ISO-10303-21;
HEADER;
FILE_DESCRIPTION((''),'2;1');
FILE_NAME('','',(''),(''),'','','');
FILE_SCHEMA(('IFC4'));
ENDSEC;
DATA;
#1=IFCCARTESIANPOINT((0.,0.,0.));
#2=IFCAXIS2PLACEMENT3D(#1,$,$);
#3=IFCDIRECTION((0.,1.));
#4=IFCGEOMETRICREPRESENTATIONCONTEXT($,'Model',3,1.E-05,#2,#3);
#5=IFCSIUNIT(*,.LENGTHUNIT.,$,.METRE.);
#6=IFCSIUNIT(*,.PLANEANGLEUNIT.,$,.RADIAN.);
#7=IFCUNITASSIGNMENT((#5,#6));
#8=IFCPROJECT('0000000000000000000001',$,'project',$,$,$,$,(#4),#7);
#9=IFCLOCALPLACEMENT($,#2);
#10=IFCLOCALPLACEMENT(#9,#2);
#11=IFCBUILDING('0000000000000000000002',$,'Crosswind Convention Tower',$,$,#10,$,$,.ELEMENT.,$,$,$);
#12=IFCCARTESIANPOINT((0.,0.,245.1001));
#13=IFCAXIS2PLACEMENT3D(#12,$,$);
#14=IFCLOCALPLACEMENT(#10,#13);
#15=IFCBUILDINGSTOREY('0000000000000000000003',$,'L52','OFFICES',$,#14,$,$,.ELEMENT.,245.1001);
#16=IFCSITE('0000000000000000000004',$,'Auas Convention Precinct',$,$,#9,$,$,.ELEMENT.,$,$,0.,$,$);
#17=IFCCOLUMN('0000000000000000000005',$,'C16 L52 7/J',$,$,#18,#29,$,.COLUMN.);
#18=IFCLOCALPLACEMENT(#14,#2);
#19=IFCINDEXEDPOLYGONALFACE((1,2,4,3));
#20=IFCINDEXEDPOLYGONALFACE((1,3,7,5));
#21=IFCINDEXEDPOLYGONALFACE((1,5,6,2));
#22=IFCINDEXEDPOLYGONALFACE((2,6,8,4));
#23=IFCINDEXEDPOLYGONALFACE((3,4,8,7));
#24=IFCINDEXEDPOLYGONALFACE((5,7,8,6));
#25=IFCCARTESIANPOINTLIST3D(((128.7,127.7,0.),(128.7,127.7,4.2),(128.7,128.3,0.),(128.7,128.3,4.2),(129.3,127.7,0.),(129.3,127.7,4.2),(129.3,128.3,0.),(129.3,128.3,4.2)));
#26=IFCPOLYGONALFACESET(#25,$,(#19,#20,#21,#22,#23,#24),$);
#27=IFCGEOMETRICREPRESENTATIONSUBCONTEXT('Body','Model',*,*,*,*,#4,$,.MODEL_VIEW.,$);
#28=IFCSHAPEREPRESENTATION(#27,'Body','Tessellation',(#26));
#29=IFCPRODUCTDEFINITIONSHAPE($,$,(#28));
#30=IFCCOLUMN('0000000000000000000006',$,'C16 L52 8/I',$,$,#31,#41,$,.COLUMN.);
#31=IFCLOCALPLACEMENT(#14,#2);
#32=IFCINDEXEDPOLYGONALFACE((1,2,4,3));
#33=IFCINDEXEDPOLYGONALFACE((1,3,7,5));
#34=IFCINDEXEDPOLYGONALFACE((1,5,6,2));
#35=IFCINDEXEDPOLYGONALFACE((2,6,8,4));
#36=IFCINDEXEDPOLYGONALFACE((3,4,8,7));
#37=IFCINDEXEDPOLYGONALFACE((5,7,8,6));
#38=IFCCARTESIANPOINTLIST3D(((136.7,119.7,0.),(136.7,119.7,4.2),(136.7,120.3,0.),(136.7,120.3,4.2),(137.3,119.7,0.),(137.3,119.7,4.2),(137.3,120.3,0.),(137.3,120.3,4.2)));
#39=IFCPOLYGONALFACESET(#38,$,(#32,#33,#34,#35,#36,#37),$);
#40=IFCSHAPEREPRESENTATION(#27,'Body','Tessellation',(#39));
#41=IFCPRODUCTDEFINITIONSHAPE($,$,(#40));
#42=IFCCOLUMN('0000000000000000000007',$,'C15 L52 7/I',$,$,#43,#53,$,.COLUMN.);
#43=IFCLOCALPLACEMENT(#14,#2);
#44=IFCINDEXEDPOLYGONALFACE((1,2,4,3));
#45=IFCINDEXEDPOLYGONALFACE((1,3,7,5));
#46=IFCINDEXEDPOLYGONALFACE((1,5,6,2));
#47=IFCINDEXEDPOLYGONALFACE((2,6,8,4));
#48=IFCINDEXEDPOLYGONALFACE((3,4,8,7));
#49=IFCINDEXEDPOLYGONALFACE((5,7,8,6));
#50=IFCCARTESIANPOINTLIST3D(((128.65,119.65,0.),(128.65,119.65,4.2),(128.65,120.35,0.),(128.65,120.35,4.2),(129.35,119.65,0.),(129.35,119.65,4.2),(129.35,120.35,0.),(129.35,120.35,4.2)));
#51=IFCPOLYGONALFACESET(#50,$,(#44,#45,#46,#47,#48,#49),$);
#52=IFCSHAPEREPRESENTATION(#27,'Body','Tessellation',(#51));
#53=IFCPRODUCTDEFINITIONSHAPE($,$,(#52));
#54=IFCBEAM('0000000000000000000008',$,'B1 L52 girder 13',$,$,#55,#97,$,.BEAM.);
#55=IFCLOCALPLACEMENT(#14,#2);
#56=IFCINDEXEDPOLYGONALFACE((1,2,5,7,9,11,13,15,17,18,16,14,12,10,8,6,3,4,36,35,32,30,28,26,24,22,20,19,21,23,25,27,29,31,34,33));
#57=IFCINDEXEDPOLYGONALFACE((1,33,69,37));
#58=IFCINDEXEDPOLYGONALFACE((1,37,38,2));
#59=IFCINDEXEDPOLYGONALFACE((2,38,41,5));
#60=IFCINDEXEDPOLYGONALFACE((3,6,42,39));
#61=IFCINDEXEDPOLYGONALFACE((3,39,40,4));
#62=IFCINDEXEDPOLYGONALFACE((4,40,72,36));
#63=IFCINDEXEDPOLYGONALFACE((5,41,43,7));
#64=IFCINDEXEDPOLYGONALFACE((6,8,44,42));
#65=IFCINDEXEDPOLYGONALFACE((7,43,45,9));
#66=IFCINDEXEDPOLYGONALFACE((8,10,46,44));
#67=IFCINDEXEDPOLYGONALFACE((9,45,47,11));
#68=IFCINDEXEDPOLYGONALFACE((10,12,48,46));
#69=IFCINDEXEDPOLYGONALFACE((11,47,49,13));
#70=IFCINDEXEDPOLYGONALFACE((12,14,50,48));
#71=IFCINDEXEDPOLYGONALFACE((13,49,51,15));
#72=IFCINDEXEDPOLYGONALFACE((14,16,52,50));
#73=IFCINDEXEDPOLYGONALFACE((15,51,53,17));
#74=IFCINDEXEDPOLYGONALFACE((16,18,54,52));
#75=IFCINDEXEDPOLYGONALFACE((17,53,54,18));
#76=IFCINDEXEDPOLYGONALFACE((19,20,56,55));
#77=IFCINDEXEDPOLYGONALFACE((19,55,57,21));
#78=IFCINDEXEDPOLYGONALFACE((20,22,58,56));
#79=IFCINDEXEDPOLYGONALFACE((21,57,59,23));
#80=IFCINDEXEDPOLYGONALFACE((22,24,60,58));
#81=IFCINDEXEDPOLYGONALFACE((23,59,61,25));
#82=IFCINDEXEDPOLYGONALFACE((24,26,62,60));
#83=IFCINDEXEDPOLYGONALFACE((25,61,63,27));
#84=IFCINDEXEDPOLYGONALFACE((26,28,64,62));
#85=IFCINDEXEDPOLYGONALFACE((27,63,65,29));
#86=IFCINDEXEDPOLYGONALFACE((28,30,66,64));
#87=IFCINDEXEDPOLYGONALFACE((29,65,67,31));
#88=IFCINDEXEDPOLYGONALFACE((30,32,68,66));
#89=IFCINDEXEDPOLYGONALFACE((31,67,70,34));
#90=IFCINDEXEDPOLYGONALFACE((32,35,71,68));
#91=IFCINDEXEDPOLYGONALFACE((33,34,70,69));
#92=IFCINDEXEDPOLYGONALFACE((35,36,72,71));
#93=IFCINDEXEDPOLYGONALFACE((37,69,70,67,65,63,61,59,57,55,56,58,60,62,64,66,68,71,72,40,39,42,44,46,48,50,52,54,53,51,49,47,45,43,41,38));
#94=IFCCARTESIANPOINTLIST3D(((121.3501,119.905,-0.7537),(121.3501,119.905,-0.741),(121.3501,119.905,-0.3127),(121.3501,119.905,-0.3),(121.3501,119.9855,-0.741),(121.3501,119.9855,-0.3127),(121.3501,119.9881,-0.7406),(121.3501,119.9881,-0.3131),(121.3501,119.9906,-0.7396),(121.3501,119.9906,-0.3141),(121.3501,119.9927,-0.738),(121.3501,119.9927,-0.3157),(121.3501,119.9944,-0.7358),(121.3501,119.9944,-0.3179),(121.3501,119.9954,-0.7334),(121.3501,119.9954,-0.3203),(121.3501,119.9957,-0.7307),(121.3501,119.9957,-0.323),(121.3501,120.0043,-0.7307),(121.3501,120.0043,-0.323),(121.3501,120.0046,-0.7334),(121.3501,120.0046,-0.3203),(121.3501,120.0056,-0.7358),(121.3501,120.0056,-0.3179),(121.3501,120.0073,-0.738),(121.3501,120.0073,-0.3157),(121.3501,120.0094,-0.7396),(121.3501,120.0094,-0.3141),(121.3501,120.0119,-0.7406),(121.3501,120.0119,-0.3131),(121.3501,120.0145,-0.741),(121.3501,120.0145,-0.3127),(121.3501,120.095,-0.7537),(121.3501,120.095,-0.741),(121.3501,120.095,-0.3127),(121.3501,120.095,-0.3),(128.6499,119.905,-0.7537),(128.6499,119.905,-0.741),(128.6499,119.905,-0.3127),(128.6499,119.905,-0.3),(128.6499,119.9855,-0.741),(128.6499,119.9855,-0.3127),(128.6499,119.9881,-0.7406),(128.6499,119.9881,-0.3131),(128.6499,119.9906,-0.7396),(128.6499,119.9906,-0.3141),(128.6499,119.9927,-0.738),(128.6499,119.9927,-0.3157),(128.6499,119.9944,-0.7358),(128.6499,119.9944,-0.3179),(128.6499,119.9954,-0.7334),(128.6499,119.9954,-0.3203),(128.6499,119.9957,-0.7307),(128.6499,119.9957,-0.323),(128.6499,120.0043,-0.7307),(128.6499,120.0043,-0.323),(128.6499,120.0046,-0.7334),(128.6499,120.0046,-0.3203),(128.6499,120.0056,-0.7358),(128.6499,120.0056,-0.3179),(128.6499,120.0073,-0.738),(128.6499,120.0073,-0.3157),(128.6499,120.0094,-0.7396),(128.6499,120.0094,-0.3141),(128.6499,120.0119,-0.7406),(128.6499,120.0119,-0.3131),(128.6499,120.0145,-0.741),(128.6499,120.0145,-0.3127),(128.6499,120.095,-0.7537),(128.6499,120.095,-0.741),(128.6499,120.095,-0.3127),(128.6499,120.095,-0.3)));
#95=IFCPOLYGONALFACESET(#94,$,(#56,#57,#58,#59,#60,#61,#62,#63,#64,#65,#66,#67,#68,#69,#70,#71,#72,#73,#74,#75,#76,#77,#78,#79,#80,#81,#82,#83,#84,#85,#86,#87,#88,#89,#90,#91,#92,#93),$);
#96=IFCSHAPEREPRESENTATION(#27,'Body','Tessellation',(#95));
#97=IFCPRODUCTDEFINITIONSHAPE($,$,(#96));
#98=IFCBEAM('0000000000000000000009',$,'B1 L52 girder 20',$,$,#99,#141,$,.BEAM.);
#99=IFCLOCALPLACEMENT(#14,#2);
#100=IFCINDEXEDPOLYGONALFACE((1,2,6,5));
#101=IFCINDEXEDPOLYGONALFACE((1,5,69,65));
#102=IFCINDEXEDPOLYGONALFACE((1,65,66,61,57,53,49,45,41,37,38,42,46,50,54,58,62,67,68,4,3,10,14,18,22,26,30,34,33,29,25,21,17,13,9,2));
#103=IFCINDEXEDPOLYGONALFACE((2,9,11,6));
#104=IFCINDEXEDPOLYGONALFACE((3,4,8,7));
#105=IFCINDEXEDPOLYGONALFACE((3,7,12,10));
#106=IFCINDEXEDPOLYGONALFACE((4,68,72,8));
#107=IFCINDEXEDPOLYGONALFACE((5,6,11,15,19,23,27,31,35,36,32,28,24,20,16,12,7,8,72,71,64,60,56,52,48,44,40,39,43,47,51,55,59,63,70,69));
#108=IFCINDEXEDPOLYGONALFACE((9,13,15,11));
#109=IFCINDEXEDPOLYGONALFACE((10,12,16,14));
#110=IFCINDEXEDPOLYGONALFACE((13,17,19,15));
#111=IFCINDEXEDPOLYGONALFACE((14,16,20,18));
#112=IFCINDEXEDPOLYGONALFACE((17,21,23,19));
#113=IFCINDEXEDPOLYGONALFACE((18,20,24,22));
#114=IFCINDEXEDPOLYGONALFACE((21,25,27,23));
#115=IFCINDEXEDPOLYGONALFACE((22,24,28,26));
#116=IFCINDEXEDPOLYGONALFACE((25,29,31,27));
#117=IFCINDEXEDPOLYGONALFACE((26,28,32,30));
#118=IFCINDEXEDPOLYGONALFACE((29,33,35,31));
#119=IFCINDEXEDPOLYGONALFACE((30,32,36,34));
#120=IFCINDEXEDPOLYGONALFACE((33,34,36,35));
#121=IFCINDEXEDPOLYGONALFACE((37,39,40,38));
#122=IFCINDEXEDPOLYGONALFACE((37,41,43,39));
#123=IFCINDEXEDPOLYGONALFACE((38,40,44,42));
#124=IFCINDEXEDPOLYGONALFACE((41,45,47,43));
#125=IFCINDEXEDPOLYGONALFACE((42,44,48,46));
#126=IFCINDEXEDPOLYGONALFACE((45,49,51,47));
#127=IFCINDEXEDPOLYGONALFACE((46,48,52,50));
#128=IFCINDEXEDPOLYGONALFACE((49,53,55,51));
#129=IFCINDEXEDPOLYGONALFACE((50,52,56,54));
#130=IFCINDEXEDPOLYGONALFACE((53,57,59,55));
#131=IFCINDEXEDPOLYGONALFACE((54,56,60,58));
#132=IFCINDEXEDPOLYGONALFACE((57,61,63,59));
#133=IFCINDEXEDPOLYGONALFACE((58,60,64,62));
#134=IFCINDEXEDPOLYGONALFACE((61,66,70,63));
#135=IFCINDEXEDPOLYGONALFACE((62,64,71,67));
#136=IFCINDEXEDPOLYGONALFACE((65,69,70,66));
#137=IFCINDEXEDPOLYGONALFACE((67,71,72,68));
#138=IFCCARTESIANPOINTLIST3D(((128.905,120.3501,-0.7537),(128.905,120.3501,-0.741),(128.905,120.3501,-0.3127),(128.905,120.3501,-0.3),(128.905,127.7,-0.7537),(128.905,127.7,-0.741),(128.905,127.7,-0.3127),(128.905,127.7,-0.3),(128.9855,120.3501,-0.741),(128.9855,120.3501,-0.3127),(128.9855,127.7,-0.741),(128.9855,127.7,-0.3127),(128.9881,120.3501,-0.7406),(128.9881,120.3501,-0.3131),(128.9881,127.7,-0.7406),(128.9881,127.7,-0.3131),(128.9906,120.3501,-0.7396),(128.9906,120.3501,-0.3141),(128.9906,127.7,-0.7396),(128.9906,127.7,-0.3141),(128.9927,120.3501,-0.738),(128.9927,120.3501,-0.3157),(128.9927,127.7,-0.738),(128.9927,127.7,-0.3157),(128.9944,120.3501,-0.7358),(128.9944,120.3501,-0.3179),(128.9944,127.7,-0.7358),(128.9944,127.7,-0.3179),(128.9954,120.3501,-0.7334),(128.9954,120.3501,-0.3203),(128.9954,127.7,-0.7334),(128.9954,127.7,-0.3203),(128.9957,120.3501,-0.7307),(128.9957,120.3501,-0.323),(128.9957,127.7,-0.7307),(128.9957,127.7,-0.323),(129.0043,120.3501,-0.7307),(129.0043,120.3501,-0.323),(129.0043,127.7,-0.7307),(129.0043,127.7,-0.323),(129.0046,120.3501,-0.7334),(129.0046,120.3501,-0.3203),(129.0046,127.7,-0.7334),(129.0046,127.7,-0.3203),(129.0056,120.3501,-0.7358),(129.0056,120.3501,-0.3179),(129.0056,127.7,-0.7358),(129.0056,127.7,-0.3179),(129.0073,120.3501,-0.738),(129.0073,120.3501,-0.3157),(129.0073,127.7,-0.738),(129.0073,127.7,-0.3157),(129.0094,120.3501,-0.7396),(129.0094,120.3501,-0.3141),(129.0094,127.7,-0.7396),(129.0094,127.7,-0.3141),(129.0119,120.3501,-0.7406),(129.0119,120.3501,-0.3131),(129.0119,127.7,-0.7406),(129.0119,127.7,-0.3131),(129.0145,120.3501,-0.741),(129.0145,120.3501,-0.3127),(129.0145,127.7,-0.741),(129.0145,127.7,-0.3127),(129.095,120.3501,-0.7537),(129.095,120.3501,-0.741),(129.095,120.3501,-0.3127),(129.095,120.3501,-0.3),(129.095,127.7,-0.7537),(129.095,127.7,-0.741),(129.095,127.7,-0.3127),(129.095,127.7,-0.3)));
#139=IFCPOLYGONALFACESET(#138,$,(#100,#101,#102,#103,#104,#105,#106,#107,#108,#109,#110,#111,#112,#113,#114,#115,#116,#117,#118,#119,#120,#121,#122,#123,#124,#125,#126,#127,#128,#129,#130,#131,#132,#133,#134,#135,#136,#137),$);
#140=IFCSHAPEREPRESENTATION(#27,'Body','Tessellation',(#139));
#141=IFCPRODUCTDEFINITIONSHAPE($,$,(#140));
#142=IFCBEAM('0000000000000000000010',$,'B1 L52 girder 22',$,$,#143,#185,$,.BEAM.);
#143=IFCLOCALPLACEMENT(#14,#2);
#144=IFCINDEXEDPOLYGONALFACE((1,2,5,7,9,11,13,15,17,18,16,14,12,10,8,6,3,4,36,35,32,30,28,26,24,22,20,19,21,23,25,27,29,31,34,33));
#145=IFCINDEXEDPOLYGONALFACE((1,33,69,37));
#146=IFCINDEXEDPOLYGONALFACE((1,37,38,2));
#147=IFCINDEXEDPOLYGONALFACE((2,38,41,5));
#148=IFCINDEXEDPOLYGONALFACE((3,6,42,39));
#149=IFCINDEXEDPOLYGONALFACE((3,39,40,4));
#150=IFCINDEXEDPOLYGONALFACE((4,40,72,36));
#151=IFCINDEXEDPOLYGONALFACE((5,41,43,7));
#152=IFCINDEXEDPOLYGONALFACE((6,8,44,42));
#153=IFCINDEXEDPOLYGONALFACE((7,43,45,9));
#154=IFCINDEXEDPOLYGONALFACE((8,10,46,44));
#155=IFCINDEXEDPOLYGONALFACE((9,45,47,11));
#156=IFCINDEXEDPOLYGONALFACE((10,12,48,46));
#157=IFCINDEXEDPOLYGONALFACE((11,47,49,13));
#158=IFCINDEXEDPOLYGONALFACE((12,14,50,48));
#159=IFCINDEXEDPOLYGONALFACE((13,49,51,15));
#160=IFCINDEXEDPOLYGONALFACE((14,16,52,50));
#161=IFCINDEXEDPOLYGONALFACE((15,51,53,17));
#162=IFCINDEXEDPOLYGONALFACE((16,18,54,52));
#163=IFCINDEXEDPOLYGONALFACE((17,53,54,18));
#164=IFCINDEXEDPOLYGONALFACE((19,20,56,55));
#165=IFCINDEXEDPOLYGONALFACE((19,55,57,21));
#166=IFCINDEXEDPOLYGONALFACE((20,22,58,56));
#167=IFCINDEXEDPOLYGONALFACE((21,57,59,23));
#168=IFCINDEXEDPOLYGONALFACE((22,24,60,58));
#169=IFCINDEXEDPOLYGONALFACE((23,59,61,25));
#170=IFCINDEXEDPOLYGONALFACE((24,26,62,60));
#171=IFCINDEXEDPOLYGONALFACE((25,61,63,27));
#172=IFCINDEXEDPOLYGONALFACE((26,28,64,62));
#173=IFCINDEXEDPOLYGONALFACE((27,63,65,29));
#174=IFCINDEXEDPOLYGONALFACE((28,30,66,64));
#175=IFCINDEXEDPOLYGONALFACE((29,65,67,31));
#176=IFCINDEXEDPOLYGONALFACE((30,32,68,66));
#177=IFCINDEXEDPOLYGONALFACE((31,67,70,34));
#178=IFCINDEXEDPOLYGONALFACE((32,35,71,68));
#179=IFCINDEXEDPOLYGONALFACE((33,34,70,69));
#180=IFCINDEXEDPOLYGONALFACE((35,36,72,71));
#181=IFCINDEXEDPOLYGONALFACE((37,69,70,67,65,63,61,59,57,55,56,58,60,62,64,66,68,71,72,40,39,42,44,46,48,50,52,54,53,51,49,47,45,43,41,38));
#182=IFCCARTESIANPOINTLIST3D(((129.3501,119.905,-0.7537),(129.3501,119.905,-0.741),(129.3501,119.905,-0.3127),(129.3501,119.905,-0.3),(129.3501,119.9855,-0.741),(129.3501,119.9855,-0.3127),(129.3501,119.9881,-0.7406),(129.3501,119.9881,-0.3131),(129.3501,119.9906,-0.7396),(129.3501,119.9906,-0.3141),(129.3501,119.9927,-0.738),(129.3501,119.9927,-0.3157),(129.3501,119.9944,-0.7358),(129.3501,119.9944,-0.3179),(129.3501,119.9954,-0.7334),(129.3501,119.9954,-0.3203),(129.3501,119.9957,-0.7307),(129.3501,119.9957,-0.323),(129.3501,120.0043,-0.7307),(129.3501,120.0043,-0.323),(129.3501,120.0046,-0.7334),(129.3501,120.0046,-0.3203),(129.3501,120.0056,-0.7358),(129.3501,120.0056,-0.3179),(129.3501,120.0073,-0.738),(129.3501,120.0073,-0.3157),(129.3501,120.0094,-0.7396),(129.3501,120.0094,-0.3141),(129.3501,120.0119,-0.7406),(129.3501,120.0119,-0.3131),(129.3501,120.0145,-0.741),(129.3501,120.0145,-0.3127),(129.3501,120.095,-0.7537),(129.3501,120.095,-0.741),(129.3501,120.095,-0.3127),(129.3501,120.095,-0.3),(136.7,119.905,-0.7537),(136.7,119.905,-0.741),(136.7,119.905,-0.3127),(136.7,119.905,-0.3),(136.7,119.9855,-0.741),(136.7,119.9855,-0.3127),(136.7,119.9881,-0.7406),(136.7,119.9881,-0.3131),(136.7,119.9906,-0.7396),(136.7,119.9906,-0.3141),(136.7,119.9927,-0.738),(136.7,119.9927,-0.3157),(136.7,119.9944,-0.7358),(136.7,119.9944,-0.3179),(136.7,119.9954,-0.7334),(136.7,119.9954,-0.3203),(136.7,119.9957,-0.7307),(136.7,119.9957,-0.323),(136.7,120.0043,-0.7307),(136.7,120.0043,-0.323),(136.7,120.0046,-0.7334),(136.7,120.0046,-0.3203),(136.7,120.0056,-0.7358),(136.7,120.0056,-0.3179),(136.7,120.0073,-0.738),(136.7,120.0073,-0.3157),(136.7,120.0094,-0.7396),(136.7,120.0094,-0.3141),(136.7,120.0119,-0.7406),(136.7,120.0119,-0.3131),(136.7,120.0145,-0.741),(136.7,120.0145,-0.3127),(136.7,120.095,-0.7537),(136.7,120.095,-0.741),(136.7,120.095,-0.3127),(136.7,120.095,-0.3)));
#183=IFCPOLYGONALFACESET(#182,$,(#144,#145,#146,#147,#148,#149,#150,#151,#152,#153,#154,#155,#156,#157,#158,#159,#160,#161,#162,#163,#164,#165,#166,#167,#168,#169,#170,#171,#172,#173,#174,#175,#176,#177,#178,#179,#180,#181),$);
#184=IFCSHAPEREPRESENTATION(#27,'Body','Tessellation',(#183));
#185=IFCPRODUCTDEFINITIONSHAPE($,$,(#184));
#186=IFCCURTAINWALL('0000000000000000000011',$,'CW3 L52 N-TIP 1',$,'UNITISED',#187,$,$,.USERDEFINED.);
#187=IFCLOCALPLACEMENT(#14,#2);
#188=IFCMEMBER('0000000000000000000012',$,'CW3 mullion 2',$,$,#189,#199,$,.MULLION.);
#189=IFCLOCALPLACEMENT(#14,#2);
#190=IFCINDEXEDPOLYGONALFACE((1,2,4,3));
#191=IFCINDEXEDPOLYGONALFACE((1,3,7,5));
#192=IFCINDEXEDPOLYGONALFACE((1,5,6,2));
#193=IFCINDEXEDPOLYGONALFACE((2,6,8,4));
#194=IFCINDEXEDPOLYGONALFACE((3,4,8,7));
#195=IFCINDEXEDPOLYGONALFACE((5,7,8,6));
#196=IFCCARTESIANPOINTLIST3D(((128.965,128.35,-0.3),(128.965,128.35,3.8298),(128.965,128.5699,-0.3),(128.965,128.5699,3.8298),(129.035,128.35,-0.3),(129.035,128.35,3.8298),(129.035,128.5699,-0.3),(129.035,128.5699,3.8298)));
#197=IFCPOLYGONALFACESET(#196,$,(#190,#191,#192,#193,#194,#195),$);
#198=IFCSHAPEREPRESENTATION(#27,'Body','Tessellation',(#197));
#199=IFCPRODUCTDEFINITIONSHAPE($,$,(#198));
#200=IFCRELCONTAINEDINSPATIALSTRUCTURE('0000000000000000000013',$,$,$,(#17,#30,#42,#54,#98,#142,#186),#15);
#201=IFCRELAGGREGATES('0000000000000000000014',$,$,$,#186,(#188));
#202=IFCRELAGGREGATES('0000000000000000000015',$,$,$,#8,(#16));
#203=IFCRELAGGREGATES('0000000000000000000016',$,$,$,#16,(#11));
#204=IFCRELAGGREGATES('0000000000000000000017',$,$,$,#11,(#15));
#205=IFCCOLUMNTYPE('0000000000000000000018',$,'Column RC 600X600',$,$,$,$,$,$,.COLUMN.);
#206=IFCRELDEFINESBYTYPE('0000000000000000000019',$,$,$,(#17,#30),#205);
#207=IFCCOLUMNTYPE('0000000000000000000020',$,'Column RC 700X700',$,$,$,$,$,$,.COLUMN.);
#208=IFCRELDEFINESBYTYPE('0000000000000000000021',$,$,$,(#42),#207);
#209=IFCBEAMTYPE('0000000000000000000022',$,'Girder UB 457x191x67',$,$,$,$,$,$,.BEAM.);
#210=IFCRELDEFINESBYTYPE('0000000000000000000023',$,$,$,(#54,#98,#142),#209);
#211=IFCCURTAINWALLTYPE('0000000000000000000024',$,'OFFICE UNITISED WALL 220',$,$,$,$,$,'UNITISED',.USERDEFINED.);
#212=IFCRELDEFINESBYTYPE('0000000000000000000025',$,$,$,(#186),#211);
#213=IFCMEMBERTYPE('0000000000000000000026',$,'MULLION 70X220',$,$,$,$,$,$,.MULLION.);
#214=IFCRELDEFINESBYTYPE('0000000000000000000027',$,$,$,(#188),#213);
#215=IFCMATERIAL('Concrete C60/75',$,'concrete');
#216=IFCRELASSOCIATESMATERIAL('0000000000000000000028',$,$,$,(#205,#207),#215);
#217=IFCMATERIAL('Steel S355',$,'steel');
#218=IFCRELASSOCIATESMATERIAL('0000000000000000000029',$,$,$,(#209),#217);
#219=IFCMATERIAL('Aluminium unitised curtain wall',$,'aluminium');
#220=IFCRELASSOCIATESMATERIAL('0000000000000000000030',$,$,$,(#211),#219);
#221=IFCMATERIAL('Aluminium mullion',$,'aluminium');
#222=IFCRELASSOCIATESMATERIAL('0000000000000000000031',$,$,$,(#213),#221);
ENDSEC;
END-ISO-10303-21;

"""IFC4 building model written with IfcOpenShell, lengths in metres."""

from ifc_helpers import new_model, si_unit, direction, frame, origin, origin_2d, place, context, subcontext, project, spatial, rectangle, i_section, extrude, material, material_profile, profile_set, type_object, element, aggregate, save


model = new_model("IFC4")

# Units and contexts
model_context = context("Model", 3, precision=1e-05, world=origin(), true_north=direction((0.0, 1.0)))
body_context = subcontext(model_context, "Body", "Model", "MODEL_VIEW")
ifc_project = project(units=[si_unit("LENGTHUNIT", "METRE"), si_unit("PLANEANGLEUNIT", "RADIAN")], contexts=[model_context])

# Site, building, storey
site_placement = place(None, origin())
site = spatial("IfcSite", under=ifc_project, at=site_placement, Name="Auas Convention Precinct", CompositionType="ELEMENT", RefElevation=0.0)
building_placement = place(site_placement, origin())
building = spatial("IfcBuilding", under=site, at=building_placement, Name="Crosswind Convention Tower", CompositionType="ELEMENT")
storey_placement = place(building_placement, frame((0.0, 0.0, 245.1001)))
storey = spatial("IfcBuildingStorey", under=building, at=storey_placement, Name="L52", Description="OFFICES", CompositionType="ELEMENT", Elevation=245.1001)

# Columns
ifc_material_1 = material(Name="Concrete C60/75", Category="concrete")
ifc_material_profile_1 = material_profile(ifc_material_1, rectangle(XDim=0.6001, YDim=0.6001, at=origin_2d()), Name="RC 600X600")
ifc_profile_set_1 = profile_set([ifc_material_profile_1], Name="Concrete C60/75")
column_type_1 = type_object("IfcColumnType", Name="Column RC 600X600", PredefinedType="COLUMN", material=ifc_profile_set_1)
for number, where, z_axis, x_axis, name in (
    (1, (129.0, 128.0, 0.0), (0.0, 0.0, 1.0), (1.0, 0.0, 0.0), "C16 L52 7/J"),
    (2, (137.0, 120.0, 0.0), (0.0, 0.0, 1.0), (1.0, 0.0, 0.0), "C16 L52 8/I"),
):
    element("IfcColumn", number, at=place(storey_placement, frame(where, z_axis=z_axis, x_axis=x_axis)), inside=storey, type_object=column_type_1, Name=name, PredefinedType="COLUMN", context=body_context, shape_type="SweptSolid", body=[
        extrude(rectangle(XDim=0.6001, YDim=0.6001, at=origin_2d()), origin(), (0.0, 0.0, 1.0), 4.2),
    ])
ifc_material_profile_2 = material_profile(ifc_material_1, rectangle(XDim=0.7, YDim=0.7, at=origin_2d()), Name="RC 700X700")
ifc_profile_set_2 = profile_set([ifc_material_profile_2], Name="Concrete C60/75")
column_type_2 = type_object("IfcColumnType", Name="Column RC 700X700", PredefinedType="COLUMN", material=ifc_profile_set_2)
column_placement = place(storey_placement, frame((129.0, 120.0, 0.0), z_axis=(0.0, 0.0, 1.0), x_axis=(1.0, 0.0, 0.0)))
element("IfcColumn", 3, at=column_placement, inside=storey, type_object=column_type_2, Name="C15 L52 7/I", PredefinedType="COLUMN", context=body_context, shape_type="SweptSolid", body=[
    extrude(rectangle(XDim=0.7, YDim=0.7, at=origin_2d()), origin(), (0.0, 0.0, 1.0), 4.2),
])

# Beams
ifc_material_2 = material(Name="Steel S355", Category="steel")
ifc_material_profile_3 = material_profile(ifc_material_2, i_section(OverallWidth=0.1899, OverallDepth=0.4536, WebThickness=0.0085, FlangeThickness=0.0127, FilletRadius=0.0103, at=origin_2d()), Name="UB 457x191x67")
ifc_profile_set_3 = profile_set([ifc_material_profile_3], Name="Steel S355")
beam_type_1 = type_object("IfcBeamType", Name="Girder UB 457x191x67", PredefinedType="BEAM", material=ifc_profile_set_3)
beam_placement = place(storey_placement, frame((121.3501, 120.0, -0.5269), z_axis=(1.0, 0.0, 0.0), x_axis=(0.0, 1.0, 0.0)))
element("IfcBeam", 4, at=beam_placement, inside=storey, type_object=beam_type_1, Name="B1 L52 girder 13", PredefinedType="BEAM", context=body_context, shape_type="SweptSolid", body=[
    extrude(i_section(OverallWidth=0.1899, OverallDepth=0.4536, WebThickness=0.0085, FlangeThickness=0.0127, FilletRadius=0.0103, at=origin_2d()), origin(), (0.0, 0.0, 1.0), 7.2998),
])
for number, where, z_axis, x_axis, name in (
    (5, (129.0, 120.3501, -0.5269), (0.0, 1.0, 0.0), (-1.0, 0.0, 0.0), "B1 L52 girder 20"),
    (6, (129.3501, 120.0, -0.5269), (1.0, 0.0, 0.0), (0.0, 1.0, 0.0), "B1 L52 girder 22"),
):
    element("IfcBeam", number, at=place(storey_placement, frame(where, z_axis=z_axis, x_axis=x_axis)), inside=storey, type_object=beam_type_1, Name=name, PredefinedType="BEAM", context=body_context, shape_type="SweptSolid", body=[
        extrude(i_section(OverallWidth=0.1899, OverallDepth=0.4536, WebThickness=0.0085, FlangeThickness=0.0127, FilletRadius=0.0103, at=origin_2d()), origin(), (0.0, 0.0, 1.0), 7.3499),
    ])

# Curtain wall, member
ifc_material_3 = material(Name="Aluminium unitised curtain wall", Category="aluminium")
curtain_wall_type = type_object("IfcCurtainWallType", Name="OFFICE UNITISED WALL 220", ElementType="UNITISED", PredefinedType="USERDEFINED", material=ifc_material_3)
curtain_wall_placement = place(storey_placement, origin())
curtain_wall = element("IfcCurtainWall", 7, at=curtain_wall_placement, inside=storey, type_object=curtain_wall_type, Name="CW3 L52 N-TIP 1", ObjectType="UNITISED", PredefinedType="USERDEFINED")
ifc_material_4 = material(Name="Aluminium mullion", Category="aluminium")
ifc_material_profile_4 = material_profile(ifc_material_4, rectangle(XDim=0.22, YDim=0.0701, at=origin_2d()), Name="AL 220X70")
ifc_profile_set_4 = profile_set([ifc_material_profile_4], Name="Aluminium mullion")
member_type = type_object("IfcMemberType", Name="MULLION 70X220", PredefinedType="MULLION", material=ifc_profile_set_4)
member_placement = place(storey_placement, frame((129.0, 128.46, -0.3), z_axis=(0.0, 0.0, 1.0), x_axis=(0.0, 1.0, 0.0)))
member = element("IfcMember", 8, at=member_placement, type_object=member_type, Name="CW3 mullion 2", PredefinedType="MULLION", context=body_context, shape_type="SweptSolid", body=[
    extrude(rectangle(XDim=0.22, YDim=0.0701, at=origin_2d()), origin(), (0.0, 0.0, 1.0), 4.1299),
])

aggregate(curtain_wall, [member])

save(model, "model.ifc")
